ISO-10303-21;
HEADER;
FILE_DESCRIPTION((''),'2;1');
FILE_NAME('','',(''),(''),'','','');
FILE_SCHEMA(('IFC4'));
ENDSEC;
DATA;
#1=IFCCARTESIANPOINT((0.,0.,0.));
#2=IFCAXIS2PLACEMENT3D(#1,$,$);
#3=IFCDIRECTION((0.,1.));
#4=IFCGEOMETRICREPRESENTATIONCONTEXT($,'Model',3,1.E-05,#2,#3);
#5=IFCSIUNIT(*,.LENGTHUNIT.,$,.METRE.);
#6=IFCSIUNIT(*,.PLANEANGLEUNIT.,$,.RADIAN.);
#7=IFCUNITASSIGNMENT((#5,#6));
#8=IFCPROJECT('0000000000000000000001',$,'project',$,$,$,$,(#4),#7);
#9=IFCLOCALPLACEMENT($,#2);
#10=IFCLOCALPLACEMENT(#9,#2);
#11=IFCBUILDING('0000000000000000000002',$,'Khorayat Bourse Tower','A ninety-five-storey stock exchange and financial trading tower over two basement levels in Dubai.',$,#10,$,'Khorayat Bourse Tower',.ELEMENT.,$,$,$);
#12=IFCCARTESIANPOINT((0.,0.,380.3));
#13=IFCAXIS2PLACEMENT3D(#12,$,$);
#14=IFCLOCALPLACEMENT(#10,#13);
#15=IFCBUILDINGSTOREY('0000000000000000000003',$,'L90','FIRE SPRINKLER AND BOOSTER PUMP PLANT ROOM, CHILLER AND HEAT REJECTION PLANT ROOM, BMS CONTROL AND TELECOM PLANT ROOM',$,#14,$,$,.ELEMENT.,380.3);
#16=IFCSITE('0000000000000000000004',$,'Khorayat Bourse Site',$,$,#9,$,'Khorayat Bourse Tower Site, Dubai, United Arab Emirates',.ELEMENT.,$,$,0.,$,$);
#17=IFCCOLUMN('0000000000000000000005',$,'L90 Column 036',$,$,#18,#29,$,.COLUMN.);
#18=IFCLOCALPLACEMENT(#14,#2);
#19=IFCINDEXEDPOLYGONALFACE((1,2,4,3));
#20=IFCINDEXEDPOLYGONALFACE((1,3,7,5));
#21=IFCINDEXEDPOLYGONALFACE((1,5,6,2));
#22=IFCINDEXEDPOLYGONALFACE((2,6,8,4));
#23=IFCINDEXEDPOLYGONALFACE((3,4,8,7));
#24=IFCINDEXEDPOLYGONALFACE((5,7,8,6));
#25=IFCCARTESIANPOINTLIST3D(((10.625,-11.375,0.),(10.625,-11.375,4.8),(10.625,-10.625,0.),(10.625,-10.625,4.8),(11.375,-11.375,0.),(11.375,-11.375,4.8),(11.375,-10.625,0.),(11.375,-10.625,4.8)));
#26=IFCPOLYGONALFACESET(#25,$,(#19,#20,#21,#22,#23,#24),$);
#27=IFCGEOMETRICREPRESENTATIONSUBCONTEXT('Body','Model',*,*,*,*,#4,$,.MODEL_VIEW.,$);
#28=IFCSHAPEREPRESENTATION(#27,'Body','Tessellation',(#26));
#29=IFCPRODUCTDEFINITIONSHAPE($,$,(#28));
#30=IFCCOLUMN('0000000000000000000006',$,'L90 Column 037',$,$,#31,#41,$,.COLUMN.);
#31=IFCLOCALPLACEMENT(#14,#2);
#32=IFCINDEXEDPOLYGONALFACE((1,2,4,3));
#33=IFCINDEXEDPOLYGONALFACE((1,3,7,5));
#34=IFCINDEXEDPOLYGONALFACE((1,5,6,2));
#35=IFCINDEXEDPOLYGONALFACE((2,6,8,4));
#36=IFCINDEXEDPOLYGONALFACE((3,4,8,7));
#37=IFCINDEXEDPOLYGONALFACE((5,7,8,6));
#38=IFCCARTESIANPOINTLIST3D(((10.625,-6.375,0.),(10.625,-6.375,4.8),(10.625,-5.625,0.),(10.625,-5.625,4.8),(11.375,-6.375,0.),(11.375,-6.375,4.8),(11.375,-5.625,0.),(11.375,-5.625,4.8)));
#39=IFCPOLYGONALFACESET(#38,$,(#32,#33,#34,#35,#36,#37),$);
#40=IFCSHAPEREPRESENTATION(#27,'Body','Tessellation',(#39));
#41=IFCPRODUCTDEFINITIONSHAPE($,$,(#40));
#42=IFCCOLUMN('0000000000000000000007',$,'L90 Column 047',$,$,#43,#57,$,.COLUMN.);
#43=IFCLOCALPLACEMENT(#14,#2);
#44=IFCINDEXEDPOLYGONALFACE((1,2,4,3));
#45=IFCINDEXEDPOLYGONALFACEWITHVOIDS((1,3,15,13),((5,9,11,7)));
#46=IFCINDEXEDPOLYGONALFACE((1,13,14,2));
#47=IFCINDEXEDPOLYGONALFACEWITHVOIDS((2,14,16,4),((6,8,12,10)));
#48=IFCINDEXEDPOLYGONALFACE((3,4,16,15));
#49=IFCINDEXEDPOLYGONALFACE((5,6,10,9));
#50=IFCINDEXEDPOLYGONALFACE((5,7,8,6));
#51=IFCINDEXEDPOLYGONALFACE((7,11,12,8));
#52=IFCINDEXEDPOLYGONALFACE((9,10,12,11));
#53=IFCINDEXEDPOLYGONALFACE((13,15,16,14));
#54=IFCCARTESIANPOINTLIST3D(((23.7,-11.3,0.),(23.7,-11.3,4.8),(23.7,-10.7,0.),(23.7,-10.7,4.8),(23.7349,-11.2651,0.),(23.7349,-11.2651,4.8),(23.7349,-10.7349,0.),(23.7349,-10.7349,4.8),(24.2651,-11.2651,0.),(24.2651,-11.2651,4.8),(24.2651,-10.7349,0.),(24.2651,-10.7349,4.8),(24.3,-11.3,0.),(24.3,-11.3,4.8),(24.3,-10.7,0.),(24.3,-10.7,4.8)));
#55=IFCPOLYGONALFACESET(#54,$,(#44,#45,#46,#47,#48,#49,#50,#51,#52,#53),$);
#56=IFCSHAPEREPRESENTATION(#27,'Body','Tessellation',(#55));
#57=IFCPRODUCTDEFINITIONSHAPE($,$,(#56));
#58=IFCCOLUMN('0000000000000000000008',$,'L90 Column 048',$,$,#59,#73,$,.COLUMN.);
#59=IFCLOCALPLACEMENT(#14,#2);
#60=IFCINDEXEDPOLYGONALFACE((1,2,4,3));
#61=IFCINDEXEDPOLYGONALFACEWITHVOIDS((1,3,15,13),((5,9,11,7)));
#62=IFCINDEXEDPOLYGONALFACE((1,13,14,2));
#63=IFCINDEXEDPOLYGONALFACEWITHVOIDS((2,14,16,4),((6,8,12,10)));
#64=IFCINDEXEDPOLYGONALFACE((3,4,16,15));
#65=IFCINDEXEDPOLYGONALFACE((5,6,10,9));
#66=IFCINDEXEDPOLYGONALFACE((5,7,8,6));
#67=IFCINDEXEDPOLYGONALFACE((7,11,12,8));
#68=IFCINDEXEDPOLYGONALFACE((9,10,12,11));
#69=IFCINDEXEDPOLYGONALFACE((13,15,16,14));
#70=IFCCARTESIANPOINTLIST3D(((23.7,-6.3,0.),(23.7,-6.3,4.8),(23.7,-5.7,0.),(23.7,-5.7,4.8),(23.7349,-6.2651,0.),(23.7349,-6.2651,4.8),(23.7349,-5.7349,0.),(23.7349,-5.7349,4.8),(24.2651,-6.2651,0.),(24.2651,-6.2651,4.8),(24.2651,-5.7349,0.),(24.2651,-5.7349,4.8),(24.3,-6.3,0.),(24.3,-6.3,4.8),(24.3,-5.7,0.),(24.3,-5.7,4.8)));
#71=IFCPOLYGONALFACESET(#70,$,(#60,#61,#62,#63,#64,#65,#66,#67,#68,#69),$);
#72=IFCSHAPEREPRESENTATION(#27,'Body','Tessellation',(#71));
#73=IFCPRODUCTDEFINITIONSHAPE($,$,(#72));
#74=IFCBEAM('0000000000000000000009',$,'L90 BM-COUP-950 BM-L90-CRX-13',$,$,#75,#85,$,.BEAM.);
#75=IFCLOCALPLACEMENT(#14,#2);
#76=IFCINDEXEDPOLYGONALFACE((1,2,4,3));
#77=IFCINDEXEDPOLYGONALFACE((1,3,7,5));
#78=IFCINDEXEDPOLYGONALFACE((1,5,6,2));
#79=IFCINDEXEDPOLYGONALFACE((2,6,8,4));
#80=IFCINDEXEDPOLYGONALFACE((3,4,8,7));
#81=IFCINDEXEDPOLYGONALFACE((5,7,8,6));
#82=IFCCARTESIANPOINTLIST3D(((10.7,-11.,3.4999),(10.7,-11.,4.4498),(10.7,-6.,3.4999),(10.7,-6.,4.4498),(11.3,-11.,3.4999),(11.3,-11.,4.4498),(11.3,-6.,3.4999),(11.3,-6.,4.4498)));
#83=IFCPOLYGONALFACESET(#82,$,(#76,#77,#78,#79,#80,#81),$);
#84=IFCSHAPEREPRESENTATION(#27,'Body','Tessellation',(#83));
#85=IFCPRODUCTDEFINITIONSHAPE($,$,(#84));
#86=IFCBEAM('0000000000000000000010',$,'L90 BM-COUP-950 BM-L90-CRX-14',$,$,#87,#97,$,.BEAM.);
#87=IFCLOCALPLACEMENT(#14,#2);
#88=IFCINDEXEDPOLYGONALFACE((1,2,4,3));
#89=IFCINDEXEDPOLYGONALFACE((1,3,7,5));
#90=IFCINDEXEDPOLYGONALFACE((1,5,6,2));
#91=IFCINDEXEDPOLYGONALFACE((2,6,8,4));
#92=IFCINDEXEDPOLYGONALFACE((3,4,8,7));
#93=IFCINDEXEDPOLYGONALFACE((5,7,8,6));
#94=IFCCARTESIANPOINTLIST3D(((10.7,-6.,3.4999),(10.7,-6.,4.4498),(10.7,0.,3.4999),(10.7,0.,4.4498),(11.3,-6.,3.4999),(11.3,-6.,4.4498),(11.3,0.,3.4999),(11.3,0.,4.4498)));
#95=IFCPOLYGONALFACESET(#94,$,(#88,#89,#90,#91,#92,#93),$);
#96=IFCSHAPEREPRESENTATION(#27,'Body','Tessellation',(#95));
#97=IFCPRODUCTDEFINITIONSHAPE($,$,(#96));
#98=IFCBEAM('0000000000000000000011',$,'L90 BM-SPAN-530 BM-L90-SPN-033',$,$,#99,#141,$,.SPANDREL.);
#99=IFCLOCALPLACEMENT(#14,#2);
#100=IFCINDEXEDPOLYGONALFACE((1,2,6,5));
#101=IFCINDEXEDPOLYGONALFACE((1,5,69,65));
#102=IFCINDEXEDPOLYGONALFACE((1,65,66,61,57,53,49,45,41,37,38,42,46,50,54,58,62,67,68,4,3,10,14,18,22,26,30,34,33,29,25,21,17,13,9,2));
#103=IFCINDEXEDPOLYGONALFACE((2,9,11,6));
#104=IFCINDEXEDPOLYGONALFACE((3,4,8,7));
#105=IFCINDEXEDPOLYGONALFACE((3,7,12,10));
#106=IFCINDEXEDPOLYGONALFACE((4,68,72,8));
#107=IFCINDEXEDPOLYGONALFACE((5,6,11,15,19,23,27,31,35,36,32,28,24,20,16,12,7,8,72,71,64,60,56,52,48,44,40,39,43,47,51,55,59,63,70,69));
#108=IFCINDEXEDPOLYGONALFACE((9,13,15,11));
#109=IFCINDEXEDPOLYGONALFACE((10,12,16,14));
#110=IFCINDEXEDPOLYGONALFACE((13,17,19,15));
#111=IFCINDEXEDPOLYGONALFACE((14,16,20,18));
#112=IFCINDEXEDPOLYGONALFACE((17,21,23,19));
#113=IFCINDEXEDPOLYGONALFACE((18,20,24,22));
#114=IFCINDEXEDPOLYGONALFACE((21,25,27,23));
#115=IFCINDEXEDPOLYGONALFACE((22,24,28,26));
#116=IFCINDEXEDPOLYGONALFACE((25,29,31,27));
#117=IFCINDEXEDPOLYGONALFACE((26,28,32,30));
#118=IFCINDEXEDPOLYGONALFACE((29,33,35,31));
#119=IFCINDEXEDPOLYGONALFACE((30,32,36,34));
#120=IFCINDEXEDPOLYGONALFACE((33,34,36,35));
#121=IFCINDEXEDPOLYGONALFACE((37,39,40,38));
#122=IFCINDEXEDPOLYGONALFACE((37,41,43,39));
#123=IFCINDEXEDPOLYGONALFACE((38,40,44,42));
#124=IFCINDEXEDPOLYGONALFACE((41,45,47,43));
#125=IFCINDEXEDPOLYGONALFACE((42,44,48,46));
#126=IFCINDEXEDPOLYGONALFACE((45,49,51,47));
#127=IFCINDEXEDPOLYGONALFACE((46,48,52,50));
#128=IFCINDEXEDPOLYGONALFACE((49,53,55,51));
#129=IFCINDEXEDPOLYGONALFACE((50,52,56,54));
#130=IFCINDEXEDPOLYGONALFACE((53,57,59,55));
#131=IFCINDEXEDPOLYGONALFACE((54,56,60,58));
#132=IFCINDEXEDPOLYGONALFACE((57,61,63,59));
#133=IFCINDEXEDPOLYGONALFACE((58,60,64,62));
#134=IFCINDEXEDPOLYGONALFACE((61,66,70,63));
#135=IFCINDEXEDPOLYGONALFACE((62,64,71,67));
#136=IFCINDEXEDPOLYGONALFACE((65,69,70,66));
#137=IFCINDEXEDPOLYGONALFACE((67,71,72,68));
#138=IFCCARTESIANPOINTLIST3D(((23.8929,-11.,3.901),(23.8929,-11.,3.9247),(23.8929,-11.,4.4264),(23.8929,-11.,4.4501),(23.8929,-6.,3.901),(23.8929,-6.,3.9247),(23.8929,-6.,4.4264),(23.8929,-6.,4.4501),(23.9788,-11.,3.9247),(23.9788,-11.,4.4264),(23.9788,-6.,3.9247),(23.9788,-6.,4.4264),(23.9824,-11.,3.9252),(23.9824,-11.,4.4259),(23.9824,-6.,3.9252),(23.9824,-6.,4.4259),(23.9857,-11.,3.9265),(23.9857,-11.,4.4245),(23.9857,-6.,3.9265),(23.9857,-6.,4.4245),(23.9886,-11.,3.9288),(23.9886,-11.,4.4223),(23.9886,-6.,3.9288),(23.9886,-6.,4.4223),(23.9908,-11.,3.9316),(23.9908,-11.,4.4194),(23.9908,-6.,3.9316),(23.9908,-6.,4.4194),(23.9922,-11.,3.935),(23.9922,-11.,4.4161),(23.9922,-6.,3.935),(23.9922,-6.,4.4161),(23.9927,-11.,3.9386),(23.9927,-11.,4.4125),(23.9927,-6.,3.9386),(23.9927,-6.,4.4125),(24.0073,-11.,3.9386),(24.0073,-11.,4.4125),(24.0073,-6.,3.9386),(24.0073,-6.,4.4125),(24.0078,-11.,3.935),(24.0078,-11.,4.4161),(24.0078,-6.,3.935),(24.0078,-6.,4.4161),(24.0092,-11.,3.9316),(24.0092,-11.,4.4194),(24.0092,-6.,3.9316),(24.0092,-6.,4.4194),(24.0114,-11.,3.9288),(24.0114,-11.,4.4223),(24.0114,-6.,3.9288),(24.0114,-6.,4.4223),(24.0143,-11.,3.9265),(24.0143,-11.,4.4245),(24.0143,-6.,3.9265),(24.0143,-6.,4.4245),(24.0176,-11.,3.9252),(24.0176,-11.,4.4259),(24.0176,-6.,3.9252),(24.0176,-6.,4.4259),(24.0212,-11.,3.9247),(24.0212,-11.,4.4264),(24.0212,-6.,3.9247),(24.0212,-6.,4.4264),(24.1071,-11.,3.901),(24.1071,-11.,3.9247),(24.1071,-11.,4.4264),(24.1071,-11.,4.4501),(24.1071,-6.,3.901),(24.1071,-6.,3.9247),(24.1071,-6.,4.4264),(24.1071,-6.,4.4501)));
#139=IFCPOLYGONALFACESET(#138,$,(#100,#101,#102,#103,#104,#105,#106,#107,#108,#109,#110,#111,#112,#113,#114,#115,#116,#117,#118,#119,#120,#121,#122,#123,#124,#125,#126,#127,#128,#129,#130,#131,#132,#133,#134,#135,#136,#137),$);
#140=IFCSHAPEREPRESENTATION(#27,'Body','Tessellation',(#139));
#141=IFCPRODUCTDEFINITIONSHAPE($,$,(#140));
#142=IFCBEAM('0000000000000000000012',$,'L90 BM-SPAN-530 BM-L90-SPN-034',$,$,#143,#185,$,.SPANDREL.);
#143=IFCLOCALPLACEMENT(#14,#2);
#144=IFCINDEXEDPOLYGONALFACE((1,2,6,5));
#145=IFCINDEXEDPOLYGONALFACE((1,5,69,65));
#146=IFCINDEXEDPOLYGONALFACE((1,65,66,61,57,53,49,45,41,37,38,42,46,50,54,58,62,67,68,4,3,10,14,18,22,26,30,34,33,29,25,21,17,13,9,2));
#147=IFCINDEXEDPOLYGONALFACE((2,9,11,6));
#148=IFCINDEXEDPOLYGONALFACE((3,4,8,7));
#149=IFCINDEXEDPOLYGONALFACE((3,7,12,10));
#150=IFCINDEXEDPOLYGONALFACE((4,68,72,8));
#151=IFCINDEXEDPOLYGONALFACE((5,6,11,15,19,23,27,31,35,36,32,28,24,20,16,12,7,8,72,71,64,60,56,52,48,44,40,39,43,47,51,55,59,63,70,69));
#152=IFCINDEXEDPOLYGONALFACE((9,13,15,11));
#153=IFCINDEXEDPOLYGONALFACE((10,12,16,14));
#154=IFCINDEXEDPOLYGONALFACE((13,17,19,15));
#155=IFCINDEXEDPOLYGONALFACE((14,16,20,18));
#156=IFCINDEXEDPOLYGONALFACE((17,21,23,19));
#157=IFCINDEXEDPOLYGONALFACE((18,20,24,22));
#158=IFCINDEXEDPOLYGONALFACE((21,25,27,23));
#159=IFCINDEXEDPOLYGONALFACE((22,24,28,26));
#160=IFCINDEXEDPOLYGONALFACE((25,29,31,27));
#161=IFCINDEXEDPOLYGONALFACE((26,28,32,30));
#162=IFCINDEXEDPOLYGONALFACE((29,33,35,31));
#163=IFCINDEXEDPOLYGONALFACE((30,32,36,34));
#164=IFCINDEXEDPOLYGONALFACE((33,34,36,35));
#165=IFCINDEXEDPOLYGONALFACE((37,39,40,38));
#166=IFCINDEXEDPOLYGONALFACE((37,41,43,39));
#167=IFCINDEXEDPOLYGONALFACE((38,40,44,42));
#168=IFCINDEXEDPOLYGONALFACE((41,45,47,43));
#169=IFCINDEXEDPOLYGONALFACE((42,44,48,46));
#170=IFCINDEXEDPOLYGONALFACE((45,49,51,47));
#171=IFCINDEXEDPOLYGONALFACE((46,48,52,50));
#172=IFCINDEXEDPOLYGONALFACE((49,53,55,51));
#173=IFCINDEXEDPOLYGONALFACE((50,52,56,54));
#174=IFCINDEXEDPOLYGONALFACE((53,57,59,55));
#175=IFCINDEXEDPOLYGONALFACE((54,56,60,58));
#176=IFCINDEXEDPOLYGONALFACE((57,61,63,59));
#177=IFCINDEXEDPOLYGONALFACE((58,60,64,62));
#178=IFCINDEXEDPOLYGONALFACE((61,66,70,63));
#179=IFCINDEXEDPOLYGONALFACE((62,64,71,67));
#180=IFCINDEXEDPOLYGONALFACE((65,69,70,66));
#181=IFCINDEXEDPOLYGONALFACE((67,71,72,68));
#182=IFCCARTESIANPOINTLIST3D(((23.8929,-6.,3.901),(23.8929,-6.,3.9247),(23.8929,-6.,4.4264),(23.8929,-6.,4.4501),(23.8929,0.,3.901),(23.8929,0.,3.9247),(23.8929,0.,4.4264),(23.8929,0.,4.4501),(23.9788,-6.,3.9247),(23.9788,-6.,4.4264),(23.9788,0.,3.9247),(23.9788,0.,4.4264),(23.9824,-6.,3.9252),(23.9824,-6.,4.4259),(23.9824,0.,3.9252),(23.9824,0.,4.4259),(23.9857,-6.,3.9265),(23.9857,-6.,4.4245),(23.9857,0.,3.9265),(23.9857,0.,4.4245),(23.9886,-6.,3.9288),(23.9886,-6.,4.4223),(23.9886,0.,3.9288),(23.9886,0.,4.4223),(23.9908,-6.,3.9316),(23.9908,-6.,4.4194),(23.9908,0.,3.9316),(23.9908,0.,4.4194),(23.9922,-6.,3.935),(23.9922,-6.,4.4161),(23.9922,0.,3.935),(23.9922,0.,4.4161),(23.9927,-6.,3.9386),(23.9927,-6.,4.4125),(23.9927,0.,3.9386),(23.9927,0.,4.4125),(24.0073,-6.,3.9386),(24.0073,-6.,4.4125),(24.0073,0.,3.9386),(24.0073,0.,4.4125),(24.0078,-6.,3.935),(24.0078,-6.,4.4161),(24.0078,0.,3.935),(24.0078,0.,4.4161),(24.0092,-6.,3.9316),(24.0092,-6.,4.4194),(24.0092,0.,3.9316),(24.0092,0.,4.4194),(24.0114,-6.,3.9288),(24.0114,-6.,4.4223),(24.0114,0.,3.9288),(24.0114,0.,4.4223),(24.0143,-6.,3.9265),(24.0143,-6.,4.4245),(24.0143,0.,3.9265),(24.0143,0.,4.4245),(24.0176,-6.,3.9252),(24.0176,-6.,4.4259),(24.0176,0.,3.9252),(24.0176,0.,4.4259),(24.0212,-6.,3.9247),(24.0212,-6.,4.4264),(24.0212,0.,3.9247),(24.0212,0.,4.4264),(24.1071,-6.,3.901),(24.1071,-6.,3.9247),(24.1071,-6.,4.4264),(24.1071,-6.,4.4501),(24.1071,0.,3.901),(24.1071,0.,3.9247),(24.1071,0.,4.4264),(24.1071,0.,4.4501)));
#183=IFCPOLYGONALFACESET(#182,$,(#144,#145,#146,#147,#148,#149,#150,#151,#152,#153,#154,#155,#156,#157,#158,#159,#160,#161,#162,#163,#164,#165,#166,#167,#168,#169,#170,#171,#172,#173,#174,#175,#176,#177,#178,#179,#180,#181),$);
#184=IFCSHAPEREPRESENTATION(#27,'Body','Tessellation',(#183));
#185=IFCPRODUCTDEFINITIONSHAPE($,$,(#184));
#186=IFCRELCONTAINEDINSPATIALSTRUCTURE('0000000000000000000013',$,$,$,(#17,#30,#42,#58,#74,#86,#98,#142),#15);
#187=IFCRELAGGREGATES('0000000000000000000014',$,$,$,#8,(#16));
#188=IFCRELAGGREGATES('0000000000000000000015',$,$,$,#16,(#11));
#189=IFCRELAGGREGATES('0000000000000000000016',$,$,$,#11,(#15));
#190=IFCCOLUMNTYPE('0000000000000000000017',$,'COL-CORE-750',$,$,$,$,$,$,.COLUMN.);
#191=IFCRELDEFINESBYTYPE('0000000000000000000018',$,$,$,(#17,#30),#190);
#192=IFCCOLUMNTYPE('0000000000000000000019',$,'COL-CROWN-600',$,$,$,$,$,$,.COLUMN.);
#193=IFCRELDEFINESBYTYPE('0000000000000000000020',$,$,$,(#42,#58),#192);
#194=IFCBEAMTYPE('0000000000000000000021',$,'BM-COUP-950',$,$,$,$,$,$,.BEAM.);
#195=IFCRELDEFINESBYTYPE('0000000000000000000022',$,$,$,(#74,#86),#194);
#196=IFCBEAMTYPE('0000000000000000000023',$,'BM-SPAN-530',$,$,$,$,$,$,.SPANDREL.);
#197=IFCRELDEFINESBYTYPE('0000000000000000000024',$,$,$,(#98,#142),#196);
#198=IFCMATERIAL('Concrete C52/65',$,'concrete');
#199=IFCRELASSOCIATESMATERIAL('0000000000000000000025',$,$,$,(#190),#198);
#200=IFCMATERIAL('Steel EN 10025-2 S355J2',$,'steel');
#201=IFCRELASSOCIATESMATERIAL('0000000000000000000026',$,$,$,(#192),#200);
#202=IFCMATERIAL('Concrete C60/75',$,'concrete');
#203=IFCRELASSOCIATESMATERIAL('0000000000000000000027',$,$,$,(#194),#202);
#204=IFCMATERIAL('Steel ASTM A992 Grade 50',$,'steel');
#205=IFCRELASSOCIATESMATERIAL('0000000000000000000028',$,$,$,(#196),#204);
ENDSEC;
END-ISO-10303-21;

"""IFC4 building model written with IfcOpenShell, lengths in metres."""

from ifc_helpers import new_model, si_unit, direction, frame, origin, origin_2d, place, context, subcontext, project, spatial, rectangle, hollow_rectangle, i_section, extrude, source, transform, mapped, material, material_profile, profile_set, type_object, element, save


model = new_model("IFC4")

# Units and contexts
model_context = context("Model", 3, precision=1e-05, world=origin(), true_north=direction((0.0, 1.0)))
body_context = subcontext(model_context, "Body", "Model", "MODEL_VIEW")
ifc_project = project(units=[si_unit("LENGTHUNIT", "METRE"), si_unit("PLANEANGLEUNIT", "RADIAN")], contexts=[model_context])

# Site, building, storey
site_placement = place(None, origin())
site = spatial("IfcSite", under=ifc_project, at=site_placement, Name="Khorayat Bourse Site", LongName="Khorayat Bourse Tower Site, Dubai, United Arab Emirates", CompositionType="ELEMENT", RefElevation=0.0)
building_placement = place(site_placement, origin())
building = spatial("IfcBuilding", under=site, at=building_placement, Name="Khorayat Bourse Tower", Description="A ninety-five-storey stock exchange and financial trading tower over two basement levels in Dubai.", LongName="Khorayat Bourse Tower", CompositionType="ELEMENT")
storey_placement = place(building_placement, frame((0.0, 0.0, 380.3)))
storey = spatial("IfcBuildingStorey", under=building, at=storey_placement, Name="L90", Description="FIRE SPRINKLER AND BOOSTER PUMP PLANT ROOM, CHILLER AND HEAT REJECTION PLANT ROOM, BMS CONTROL AND TELECOM PLANT ROOM", CompositionType="ELEMENT", Elevation=380.3)

# Columns
ifc_material_1 = material(Name="Concrete C52/65", Category="concrete")
ifc_material_profile_1 = material_profile(ifc_material_1, rectangle(XDim=0.75, YDim=0.75, at=origin_2d()), Name="RC 750x750")
ifc_profile_set_1 = profile_set([ifc_material_profile_1], Name="Concrete C52/65")
column_type_1 = type_object("IfcColumnType", Name="COL-CORE-750", PredefinedType="COLUMN", material=ifc_profile_set_1)
shared_shape_1 = source(origin(), body_context, "Body", "SweptSolid", [
    extrude(rectangle(XDim=0.75, YDim=0.75, at=origin_2d()), origin(), (0.0, 0.0, 1.0), 4.8),
])
for number, where, z_axis, x_axis, name in (
    (1, (11.0, -11.0, 0.0), (0.0, 0.0, 1.0), (1.0, 0.0, 0.0), "L90 Column 036"),
    (2, (11.0, -6.0, 0.0), (0.0, 0.0, 1.0), (1.0, 0.0, 0.0), "L90 Column 037"),
):
    element("IfcColumn", number, at=place(storey_placement, frame(where, z_axis=z_axis, x_axis=x_axis)), inside=storey, type_object=column_type_1, Name=name, PredefinedType="COLUMN", context=body_context, shape_type="MappedRepresentation", body=[
        mapped(shared_shape_1, transform((0.0, 0.0, 0.0), scale=1.0)),
    ])
ifc_material_2 = material(Name="Steel EN 10025-2 S355J2", Category="steel")
ifc_material_profile_2 = material_profile(ifc_material_2, hollow_rectangle(XDim=0.6001, YDim=0.6001, WallThickness=0.0349, at=origin_2d()), Name="BOX 600x600x35")
ifc_profile_set_2 = profile_set([ifc_material_profile_2], Name="Steel EN 10025-2 S355J2")
column_type_2 = type_object("IfcColumnType", Name="COL-CROWN-600", PredefinedType="COLUMN", material=ifc_profile_set_2)
shared_shape_2 = source(origin(), body_context, "Body", "SweptSolid", [
    extrude(hollow_rectangle(XDim=0.6001, YDim=0.6001, WallThickness=0.0349, at=origin_2d()), origin(), (0.0, 0.0, 1.0), 4.8),
])
for number, where, z_axis, x_axis, name in (
    (3, (24.0, -11.0, 0.0), (0.0, 0.0, 1.0), (1.0, 0.0, 0.0), "L90 Column 047"),
    (4, (24.0, -6.0, 0.0), (0.0, 0.0, 1.0), (1.0, 0.0, 0.0), "L90 Column 048"),
):
    element("IfcColumn", number, at=place(storey_placement, frame(where, z_axis=z_axis, x_axis=x_axis)), inside=storey, type_object=column_type_2, Name=name, PredefinedType="COLUMN", context=body_context, shape_type="MappedRepresentation", body=[
        mapped(shared_shape_2, transform((0.0, 0.0, 0.0), scale=1.0)),
    ])

# Beams
ifc_material_3 = material(Name="Concrete C60/75", Category="concrete")
ifc_material_profile_3 = material_profile(ifc_material_3, rectangle(XDim=0.6001, YDim=0.95, at=origin_2d()), Name="RC 600x950")
ifc_profile_set_3 = profile_set([ifc_material_profile_3], Name="Concrete C60/75")
beam_type_1 = type_object("IfcBeamType", Name="BM-COUP-950", PredefinedType="BEAM", material=ifc_profile_set_3)
shared_shape_3 = source(origin(), body_context, "Body", "SweptSolid", [
    extrude(rectangle(XDim=0.6001, YDim=0.95, at=origin_2d()), origin(), (0.0, 0.0, 1.0), 5.0),
])
beam_1_placement = place(storey_placement, frame((11.0, -11.0, 3.9749), z_axis=(0.0, 1.0, 0.0), x_axis=(-1.0, 0.0, 0.0)))
element("IfcBeam", 5, at=beam_1_placement, inside=storey, type_object=beam_type_1, Name="L90 BM-COUP-950 BM-L90-CRX-13", PredefinedType="BEAM", context=body_context, shape_type="MappedRepresentation", body=[
    mapped(shared_shape_3, transform((0.0, 0.0, 0.0), scale=1.0)),
])
shared_shape_4 = source(origin(), body_context, "Body", "SweptSolid", [
    extrude(rectangle(XDim=0.6001, YDim=0.95, at=origin_2d()), origin(), (0.0, 0.0, 1.0), 6.0),
])
beam_2_placement = place(storey_placement, frame((11.0, -6.0, 3.9749), z_axis=(0.0, 1.0, 0.0), x_axis=(-1.0, 0.0, 0.0)))
element("IfcBeam", 6, at=beam_2_placement, inside=storey, type_object=beam_type_1, Name="L90 BM-COUP-950 BM-L90-CRX-14", PredefinedType="BEAM", context=body_context, shape_type="MappedRepresentation", body=[
    mapped(shared_shape_4, transform((0.0, 0.0, 0.0), scale=1.0)),
])
ifc_material_4 = material(Name="Steel ASTM A992 Grade 50", Category="steel")
ifc_material_profile_4 = material_profile(ifc_material_4, i_section(OverallWidth=0.2141, OverallDepth=0.5491, WebThickness=0.0146, FlangeThickness=0.0237, FilletRadius=0.0139, at=origin_2d()), Name="W530X138")
ifc_profile_set_4 = profile_set([ifc_material_profile_4], Name="Steel ASTM A992 Grade 50")
beam_type_2 = type_object("IfcBeamType", Name="BM-SPAN-530", PredefinedType="SPANDREL", material=ifc_profile_set_4)
shared_shape_5 = source(origin(), body_context, "Body", "SweptSolid", [
    extrude(i_section(OverallWidth=0.2141, OverallDepth=0.5491, WebThickness=0.0146, FlangeThickness=0.0237, FilletRadius=0.0139, at=origin_2d()), origin(), (0.0, 0.0, 1.0), 5.0),
])
beam_3_placement = place(storey_placement, frame((24.0, -11.0, 4.1755), z_axis=(0.0, 1.0, 0.0), x_axis=(-1.0, 0.0, 0.0)))
element("IfcBeam", 7, at=beam_3_placement, inside=storey, type_object=beam_type_2, Name="L90 BM-SPAN-530 BM-L90-SPN-033", PredefinedType="SPANDREL", context=body_context, shape_type="MappedRepresentation", body=[
    mapped(shared_shape_5, transform((0.0, 0.0, 0.0), scale=1.0)),
])
shared_shape_6 = source(origin(), body_context, "Body", "SweptSolid", [
    extrude(i_section(OverallWidth=0.2141, OverallDepth=0.5491, WebThickness=0.0146, FlangeThickness=0.0237, FilletRadius=0.0139, at=origin_2d()), origin(), (0.0, 0.0, 1.0), 6.0),
])
beam_4_placement = place(storey_placement, frame((24.0, -6.0, 4.1755), z_axis=(0.0, 1.0, 0.0), x_axis=(-1.0, 0.0, 0.0)))
element("IfcBeam", 8, at=beam_4_placement, inside=storey, type_object=beam_type_2, Name="L90 BM-SPAN-530 BM-L90-SPN-034", PredefinedType="SPANDREL", context=body_context, shape_type="MappedRepresentation", body=[
    mapped(shared_shape_6, transform((0.0, 0.0, 0.0), scale=1.0)),
])

save(model, "model.ifc")
